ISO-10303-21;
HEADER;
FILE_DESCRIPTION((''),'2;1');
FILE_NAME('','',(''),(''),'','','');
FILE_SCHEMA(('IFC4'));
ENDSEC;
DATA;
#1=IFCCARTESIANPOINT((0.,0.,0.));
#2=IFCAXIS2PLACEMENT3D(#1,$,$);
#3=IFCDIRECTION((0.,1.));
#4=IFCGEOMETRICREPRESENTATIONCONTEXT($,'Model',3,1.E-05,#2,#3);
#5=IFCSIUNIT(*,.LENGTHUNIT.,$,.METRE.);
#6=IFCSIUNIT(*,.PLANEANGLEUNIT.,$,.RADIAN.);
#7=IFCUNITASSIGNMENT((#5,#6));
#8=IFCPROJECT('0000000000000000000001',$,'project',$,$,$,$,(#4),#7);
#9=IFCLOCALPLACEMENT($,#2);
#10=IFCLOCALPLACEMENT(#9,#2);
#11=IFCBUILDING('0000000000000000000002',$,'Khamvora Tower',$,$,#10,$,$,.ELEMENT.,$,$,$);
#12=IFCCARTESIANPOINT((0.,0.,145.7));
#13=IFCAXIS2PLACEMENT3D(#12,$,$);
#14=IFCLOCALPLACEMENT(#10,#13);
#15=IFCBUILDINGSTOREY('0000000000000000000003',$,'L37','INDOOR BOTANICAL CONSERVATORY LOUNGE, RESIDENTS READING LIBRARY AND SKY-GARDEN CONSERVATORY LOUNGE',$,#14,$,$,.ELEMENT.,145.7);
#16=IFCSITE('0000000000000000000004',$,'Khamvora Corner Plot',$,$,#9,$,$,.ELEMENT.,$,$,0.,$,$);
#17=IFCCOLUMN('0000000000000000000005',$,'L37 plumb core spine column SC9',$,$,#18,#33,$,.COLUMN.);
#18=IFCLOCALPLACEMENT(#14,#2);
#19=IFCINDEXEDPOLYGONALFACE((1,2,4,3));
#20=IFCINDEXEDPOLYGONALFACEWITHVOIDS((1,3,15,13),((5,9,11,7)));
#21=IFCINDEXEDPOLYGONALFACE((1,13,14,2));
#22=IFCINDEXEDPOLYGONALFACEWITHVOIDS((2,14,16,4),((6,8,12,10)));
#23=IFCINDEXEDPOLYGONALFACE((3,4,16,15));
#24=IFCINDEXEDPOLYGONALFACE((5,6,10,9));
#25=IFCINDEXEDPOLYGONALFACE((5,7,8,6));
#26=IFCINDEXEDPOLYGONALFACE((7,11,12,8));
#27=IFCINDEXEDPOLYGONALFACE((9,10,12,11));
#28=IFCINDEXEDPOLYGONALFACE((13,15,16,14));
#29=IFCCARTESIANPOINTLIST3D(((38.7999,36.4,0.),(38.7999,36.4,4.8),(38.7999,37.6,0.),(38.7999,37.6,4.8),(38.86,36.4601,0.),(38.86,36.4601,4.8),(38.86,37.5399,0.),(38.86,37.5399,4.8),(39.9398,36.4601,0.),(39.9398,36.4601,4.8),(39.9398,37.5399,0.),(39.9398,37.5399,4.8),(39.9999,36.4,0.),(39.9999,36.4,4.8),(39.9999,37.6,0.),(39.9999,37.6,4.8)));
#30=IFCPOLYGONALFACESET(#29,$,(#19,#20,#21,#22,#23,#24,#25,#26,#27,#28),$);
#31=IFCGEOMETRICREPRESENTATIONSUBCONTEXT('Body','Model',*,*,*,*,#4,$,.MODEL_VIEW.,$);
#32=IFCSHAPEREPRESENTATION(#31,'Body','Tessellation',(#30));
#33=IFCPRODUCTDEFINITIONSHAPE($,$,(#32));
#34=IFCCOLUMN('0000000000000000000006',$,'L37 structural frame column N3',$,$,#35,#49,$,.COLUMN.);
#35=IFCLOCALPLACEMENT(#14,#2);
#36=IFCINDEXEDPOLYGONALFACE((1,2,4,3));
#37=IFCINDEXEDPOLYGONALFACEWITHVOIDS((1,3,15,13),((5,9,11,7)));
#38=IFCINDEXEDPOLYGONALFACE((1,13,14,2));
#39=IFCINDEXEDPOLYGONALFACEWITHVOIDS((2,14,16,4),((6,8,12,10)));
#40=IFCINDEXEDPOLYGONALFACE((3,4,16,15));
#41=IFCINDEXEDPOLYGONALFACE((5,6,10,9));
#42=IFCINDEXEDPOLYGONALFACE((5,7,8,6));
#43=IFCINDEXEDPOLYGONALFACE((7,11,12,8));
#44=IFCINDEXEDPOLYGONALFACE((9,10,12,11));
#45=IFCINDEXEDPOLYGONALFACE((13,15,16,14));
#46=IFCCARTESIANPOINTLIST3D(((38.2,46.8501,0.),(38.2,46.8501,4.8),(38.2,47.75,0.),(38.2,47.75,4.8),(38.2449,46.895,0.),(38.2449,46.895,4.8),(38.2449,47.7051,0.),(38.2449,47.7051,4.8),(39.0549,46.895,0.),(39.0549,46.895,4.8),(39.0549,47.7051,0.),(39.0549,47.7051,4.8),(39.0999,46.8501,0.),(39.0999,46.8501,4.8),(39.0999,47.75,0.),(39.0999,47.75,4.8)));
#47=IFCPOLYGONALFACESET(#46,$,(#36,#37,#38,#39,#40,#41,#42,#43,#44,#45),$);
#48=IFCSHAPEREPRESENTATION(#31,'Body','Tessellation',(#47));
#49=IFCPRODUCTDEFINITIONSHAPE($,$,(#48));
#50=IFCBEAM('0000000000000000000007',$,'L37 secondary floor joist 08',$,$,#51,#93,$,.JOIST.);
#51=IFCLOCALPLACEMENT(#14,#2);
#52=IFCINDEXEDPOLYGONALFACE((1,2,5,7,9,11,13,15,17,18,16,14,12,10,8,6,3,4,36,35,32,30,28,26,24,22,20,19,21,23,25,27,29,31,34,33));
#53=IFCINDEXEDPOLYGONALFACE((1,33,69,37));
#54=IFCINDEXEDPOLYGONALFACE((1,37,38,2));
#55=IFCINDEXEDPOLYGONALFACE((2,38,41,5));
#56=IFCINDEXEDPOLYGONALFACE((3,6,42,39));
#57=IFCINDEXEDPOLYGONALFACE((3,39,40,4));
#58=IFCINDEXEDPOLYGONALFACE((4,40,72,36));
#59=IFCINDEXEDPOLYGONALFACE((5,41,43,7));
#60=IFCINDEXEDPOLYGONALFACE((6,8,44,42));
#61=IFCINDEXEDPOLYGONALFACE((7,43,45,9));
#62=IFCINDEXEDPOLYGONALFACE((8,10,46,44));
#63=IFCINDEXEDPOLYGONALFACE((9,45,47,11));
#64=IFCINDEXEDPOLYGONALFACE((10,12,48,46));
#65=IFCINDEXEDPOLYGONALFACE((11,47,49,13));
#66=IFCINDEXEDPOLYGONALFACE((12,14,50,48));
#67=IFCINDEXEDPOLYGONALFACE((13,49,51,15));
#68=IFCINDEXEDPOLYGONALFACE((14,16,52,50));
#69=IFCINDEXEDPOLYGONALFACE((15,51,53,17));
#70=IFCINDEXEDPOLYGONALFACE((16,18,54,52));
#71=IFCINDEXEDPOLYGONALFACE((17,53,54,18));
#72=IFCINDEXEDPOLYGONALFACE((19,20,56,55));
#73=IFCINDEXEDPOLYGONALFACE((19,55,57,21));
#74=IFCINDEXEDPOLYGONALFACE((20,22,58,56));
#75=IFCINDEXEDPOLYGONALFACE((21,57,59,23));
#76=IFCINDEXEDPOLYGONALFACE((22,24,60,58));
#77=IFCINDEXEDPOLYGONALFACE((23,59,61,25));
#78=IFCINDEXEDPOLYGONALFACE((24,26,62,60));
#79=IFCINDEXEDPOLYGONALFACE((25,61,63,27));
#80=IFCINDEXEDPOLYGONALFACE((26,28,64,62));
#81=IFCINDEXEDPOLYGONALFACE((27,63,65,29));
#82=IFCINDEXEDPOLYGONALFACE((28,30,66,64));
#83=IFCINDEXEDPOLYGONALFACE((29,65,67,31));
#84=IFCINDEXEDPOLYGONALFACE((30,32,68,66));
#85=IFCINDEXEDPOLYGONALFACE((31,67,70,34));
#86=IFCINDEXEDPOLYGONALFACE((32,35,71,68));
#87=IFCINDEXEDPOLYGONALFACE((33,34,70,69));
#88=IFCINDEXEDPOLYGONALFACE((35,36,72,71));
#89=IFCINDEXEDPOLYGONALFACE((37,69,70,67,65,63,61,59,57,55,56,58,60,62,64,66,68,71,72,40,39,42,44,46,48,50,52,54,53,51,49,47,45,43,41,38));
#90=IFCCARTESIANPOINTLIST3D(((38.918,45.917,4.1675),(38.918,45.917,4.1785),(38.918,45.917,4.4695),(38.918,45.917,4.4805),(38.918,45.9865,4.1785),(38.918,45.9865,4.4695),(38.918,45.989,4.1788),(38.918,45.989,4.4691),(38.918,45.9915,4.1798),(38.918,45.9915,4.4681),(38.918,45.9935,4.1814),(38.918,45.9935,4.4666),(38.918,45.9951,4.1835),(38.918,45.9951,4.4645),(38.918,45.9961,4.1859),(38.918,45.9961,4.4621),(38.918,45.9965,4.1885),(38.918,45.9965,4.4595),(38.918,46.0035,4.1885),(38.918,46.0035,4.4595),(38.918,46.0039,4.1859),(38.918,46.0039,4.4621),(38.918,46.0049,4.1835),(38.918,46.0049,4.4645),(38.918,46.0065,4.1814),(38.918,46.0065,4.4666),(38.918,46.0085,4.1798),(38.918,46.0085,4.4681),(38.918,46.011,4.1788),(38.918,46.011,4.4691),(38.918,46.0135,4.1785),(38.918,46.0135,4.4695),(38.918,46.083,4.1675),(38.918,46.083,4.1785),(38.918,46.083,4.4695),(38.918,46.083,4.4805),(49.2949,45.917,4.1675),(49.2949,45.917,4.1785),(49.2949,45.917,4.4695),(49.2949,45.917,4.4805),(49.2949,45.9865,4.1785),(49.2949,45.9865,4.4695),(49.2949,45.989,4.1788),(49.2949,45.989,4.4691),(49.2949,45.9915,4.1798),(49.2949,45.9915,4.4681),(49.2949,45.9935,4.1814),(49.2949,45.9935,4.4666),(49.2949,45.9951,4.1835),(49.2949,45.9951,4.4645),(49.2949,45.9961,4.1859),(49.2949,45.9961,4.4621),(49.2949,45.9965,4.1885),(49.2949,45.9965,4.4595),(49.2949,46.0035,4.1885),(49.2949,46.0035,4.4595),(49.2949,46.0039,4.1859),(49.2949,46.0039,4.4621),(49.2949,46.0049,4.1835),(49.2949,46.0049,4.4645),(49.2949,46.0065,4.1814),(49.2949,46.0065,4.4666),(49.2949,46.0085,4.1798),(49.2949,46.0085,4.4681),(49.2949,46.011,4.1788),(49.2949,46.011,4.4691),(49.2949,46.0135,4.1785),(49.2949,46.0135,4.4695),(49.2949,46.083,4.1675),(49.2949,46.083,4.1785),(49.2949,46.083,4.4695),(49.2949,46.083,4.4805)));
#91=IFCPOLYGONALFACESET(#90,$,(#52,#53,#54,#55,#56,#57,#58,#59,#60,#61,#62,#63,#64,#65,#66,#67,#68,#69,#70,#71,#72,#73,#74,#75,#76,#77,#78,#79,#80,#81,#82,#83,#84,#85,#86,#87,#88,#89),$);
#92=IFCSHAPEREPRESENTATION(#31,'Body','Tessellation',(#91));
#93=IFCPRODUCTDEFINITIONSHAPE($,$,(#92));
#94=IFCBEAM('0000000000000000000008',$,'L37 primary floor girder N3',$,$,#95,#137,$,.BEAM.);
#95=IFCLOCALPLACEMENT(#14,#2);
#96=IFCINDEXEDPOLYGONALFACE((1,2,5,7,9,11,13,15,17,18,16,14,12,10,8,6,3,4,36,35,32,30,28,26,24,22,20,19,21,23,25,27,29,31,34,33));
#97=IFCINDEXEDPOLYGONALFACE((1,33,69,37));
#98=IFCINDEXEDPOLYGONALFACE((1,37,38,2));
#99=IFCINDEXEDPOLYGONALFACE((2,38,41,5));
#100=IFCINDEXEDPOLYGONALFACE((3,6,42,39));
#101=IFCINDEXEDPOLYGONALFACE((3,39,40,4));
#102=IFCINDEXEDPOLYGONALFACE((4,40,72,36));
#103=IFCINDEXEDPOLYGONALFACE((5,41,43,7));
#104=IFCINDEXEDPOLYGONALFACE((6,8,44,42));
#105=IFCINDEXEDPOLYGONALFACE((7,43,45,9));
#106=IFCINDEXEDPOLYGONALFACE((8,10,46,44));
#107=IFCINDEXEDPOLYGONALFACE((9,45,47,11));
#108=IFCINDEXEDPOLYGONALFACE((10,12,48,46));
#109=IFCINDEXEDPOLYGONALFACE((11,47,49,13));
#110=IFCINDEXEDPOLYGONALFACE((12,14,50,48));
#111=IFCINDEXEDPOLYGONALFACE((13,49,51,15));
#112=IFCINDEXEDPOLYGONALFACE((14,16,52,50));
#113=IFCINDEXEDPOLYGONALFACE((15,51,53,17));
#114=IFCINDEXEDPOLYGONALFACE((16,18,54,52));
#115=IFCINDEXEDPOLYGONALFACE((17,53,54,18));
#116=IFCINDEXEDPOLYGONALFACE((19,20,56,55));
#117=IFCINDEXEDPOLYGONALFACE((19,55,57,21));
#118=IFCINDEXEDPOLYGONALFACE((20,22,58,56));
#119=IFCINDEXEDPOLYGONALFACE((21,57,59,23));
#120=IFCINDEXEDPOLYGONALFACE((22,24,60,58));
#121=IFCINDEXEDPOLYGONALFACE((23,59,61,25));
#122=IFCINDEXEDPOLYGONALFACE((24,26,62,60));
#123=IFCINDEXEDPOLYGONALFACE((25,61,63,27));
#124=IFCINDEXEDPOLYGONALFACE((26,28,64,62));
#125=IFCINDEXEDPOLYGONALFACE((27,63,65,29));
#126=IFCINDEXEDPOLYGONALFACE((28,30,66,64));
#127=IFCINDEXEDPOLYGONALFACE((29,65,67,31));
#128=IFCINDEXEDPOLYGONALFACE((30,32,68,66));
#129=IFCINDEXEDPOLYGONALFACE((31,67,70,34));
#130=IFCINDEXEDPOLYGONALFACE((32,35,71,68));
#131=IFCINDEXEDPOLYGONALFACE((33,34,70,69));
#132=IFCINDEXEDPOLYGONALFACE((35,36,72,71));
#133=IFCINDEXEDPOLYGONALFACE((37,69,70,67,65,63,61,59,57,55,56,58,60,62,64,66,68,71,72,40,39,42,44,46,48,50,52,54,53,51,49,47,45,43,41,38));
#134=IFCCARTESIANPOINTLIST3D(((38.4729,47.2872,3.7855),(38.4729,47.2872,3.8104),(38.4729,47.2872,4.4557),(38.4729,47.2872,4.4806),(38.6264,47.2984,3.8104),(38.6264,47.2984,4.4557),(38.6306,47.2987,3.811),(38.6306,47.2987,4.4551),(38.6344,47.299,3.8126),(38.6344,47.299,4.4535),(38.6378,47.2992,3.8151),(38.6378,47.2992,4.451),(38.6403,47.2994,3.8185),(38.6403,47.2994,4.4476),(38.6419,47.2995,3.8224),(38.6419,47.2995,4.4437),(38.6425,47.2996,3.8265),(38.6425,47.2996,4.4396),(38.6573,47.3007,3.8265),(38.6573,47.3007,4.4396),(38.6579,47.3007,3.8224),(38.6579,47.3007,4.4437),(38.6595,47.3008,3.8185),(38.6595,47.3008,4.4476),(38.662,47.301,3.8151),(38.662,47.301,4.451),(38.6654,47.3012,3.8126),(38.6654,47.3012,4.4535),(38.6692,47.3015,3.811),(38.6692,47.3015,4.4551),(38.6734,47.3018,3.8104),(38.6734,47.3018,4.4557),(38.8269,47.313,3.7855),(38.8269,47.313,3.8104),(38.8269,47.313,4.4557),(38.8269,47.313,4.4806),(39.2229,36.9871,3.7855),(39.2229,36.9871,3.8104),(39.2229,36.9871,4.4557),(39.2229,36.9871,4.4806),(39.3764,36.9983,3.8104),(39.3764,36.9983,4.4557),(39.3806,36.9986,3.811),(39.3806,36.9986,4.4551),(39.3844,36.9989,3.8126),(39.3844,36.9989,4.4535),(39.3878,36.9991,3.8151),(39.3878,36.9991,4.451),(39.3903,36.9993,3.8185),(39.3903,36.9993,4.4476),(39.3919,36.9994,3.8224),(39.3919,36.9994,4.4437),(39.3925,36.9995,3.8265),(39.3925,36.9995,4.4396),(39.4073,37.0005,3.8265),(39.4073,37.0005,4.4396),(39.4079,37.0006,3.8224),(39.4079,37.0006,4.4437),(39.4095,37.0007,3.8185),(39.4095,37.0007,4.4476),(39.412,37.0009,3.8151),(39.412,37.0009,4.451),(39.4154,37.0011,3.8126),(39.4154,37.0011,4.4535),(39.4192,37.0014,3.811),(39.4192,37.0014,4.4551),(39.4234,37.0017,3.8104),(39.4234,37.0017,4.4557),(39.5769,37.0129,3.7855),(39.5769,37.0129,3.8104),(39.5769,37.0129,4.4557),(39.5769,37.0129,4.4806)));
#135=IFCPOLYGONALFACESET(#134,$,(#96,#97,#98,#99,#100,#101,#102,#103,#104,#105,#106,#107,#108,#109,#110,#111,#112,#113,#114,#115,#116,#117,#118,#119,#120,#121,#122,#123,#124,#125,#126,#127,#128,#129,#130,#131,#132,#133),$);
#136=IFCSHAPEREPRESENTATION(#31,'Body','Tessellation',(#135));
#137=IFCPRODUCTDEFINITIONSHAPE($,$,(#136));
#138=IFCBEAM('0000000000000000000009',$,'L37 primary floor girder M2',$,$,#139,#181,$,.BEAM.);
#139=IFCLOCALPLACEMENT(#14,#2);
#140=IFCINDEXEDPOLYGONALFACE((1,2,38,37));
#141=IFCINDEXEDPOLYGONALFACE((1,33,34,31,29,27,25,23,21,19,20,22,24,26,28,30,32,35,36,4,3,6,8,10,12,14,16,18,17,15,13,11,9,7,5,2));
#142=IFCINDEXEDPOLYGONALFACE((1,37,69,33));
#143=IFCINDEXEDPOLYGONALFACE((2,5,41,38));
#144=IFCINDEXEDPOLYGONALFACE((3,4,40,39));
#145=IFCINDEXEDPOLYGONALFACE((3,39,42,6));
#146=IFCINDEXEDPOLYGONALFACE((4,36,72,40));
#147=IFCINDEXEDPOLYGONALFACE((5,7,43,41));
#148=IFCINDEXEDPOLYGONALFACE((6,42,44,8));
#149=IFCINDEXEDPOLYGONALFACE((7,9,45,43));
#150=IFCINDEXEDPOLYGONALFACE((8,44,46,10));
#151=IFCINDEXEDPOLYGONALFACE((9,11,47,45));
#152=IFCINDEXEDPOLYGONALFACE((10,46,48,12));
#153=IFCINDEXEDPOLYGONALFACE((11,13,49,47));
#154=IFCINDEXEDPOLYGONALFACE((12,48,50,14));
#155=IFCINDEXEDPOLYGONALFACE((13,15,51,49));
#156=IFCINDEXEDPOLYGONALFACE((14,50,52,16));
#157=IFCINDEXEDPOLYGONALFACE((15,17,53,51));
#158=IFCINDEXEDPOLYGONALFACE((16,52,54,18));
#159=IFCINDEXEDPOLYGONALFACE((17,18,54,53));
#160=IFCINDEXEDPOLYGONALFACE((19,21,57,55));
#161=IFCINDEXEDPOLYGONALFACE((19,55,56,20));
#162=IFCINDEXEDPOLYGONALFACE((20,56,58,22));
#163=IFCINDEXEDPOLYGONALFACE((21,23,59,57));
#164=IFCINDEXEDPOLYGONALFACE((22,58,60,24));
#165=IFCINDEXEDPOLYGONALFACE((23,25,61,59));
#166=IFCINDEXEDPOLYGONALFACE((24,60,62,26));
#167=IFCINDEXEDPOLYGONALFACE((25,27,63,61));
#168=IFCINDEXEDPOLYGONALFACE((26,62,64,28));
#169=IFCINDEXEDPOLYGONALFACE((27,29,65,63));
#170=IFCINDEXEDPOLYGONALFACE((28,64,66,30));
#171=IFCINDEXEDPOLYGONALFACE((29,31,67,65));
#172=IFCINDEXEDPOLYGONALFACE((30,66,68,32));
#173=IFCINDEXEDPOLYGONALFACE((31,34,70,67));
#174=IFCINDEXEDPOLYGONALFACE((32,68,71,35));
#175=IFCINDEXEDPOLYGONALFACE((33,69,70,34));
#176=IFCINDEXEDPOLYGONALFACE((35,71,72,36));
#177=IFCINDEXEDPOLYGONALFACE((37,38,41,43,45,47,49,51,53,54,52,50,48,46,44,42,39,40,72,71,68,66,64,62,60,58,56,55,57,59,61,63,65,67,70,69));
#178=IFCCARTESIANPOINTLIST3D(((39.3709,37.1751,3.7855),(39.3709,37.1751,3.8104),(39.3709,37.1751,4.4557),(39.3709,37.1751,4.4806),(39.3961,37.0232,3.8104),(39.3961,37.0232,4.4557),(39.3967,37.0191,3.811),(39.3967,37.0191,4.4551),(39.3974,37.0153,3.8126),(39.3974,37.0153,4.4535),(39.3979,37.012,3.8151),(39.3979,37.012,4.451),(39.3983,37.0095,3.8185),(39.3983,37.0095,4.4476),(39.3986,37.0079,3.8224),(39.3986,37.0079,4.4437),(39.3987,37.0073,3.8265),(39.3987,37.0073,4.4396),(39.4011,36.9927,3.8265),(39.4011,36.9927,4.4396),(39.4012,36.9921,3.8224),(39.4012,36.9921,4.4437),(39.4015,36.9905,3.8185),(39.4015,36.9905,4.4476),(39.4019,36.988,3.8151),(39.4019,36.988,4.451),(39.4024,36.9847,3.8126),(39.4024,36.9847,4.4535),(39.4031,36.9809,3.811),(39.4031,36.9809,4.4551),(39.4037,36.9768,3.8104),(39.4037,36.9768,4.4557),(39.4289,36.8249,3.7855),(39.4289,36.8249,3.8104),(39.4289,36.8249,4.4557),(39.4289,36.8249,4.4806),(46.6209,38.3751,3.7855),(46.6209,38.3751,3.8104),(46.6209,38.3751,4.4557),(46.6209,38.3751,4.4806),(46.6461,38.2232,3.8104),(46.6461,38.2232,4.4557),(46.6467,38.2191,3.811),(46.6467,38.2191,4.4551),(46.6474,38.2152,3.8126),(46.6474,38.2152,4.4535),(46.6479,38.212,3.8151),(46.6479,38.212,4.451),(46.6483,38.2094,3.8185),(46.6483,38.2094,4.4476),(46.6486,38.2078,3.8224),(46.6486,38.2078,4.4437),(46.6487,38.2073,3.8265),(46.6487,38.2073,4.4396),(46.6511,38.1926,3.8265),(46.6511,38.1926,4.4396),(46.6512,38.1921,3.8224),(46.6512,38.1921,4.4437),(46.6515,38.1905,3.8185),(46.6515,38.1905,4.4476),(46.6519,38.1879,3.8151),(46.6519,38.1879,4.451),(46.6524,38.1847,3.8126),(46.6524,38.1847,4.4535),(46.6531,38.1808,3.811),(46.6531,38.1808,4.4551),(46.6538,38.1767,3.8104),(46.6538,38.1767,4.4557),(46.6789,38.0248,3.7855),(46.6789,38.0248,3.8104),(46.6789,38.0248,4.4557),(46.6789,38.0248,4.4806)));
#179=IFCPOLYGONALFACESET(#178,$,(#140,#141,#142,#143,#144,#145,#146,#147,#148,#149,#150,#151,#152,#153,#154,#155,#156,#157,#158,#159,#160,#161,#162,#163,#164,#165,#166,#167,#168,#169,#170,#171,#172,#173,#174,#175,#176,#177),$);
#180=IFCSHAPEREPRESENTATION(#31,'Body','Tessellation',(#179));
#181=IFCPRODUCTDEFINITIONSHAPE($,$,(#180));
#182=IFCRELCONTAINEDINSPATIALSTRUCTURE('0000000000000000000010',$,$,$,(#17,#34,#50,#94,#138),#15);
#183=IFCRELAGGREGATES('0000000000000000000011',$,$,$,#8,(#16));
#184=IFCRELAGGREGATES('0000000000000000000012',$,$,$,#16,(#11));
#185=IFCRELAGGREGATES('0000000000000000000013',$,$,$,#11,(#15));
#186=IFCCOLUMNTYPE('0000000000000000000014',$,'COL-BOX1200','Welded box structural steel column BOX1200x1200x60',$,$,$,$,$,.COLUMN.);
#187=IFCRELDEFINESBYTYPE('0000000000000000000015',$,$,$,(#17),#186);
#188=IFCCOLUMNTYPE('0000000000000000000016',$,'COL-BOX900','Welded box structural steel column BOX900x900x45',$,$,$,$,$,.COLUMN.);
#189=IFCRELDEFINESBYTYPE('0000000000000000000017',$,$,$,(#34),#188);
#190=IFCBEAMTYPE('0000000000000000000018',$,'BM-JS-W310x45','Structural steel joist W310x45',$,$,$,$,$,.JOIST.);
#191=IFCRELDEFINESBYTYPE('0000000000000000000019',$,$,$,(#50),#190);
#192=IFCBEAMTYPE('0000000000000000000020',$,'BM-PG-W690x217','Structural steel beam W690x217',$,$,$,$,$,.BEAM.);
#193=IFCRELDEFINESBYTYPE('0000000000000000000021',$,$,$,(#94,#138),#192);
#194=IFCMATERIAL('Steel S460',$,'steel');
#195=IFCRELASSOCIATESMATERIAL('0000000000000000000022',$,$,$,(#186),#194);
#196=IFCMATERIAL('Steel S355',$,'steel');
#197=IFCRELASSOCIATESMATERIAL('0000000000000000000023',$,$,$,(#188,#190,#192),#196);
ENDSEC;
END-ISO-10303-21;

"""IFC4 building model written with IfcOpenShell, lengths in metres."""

from ifc_helpers import new_model, si_unit, direction, frame, origin, origin_2d, place, context, subcontext, project, spatial, hollow_rectangle, i_section, extrude, material, material_profile, profile_set, type_object, element, save


model = new_model("IFC4")

# Units and contexts
model_context = context("Model", 3, precision=1e-05, world=origin(), true_north=direction((0.0, 1.0)))
body_context = subcontext(model_context, "Body", "Model", "MODEL_VIEW")
ifc_project = project(units=[si_unit("LENGTHUNIT", "METRE"), si_unit("PLANEANGLEUNIT", "RADIAN")], contexts=[model_context])

# Site, building, storey
site_placement = place(None, origin())
site = spatial("IfcSite", under=ifc_project, at=site_placement, Name="Khamvora Corner Plot", CompositionType="ELEMENT", RefElevation=0.0)
building_placement = place(site_placement, origin())
building = spatial("IfcBuilding", under=site, at=building_placement, Name="Khamvora Tower", CompositionType="ELEMENT")
storey_placement = place(building_placement, frame((0.0, 0.0, 145.7)))
storey = spatial("IfcBuildingStorey", under=building, at=storey_placement, Name="L37", Description="INDOOR BOTANICAL CONSERVATORY LOUNGE, RESIDENTS READING LIBRARY AND SKY-GARDEN CONSERVATORY LOUNGE", CompositionType="ELEMENT", Elevation=145.7)

# Columns
ifc_material_1 = material(Name="Steel S460", Category="steel")
ifc_material_profile_1 = material_profile(ifc_material_1, hollow_rectangle(XDim=1.2, YDim=1.2, WallThickness=0.0601, at=origin_2d()), Name="BOX1200x1200x60")
ifc_profile_set_1 = profile_set([ifc_material_profile_1], Name="Steel S460")
column_type_1 = type_object("IfcColumnType", Name="COL-BOX1200", Description="Welded box structural steel column BOX1200x1200x60", PredefinedType="COLUMN", material=ifc_profile_set_1)
column_1_placement = place(storey_placement, frame((39.3999, 37.0, 0.0), z_axis=(0.0, 0.0, 1.0), x_axis=(1.0, 0.0, 0.0)))
element("IfcColumn", 1, at=column_1_placement, inside=storey, type_object=column_type_1, Name="L37 plumb core spine column SC9", PredefinedType="COLUMN", context=body_context, shape_type="SweptSolid", body=[
    extrude(hollow_rectangle(XDim=1.2, YDim=1.2, WallThickness=0.0601, at=origin_2d()), origin(), (0.0, 0.0, 1.0), 4.8),
])
ifc_material_2 = material(Name="Steel S355", Category="steel")
ifc_material_profile_2 = material_profile(ifc_material_2, hollow_rectangle(XDim=0.8999, YDim=0.8999, WallThickness=0.0449, at=origin_2d()), Name="BOX900x900x45")
ifc_profile_set_2 = profile_set([ifc_material_profile_2], Name="Steel S355")
column_type_2 = type_object("IfcColumnType", Name="COL-BOX900", Description="Welded box structural steel column BOX900x900x45", PredefinedType="COLUMN", material=ifc_profile_set_2)
column_2_placement = place(storey_placement, frame((38.6499, 47.3, 0.0), z_axis=(0.0, 0.0, 1.0), x_axis=(1.0, 0.0, 0.0)))
element("IfcColumn", 2, at=column_2_placement, inside=storey, type_object=column_type_2, Name="L37 structural frame column N3", PredefinedType="COLUMN", context=body_context, shape_type="SweptSolid", body=[
    extrude(hollow_rectangle(XDim=0.8999, YDim=0.8999, WallThickness=0.0449, at=origin_2d()), origin(), (0.0, 0.0, 1.0), 4.8),
])

# Beams
ifc_material_profile_3 = material_profile(ifc_material_2, i_section(OverallWidth=0.166, OverallDepth=0.313, WebThickness=0.0071, FlangeThickness=0.011, FilletRadius=0.01, at=origin_2d()), Name="W310x45")
ifc_profile_set_3 = profile_set([ifc_material_profile_3], Name="Steel S355")
beam_type_1 = type_object("IfcBeamType", Name="BM-JS-W310x45", Description="Structural steel joist W310x45", PredefinedType="JOIST", material=ifc_profile_set_3)
beam_1_placement = place(storey_placement, frame((38.918, 46.0, 4.324), z_axis=(1.0, 0.0, 0.0), x_axis=(0.0, 1.0, 0.0)))
element("IfcBeam", 3, at=beam_1_placement, inside=storey, type_object=beam_type_1, Name="L37 secondary floor joist 08", PredefinedType="JOIST", context=body_context, shape_type="SweptSolid", body=[
    extrude(i_section(OverallWidth=0.166, OverallDepth=0.313, WebThickness=0.0071, FlangeThickness=0.011, FilletRadius=0.01, at=origin_2d()), origin(), (0.0, 0.0, 1.0), 10.377),
])
ifc_material_profile_4 = material_profile(ifc_material_2, i_section(OverallWidth=0.355, OverallDepth=0.6951, WebThickness=0.0149, FlangeThickness=0.0249, FilletRadius=0.0161, at=origin_2d()), Name="W690x217")
ifc_profile_set_4 = profile_set([ifc_material_profile_4], Name="Steel S355")
beam_type_2 = type_object("IfcBeamType", Name="BM-PG-W690x217", Description="Structural steel beam W690x217", PredefinedType="BEAM", material=ifc_profile_set_4)
beam_2_placement = place(storey_placement, frame((39.3999, 37.0, 4.1331), z_axis=(-0.072623, 0.997359, 0.0), x_axis=(-0.997359, -0.072623, 0.0)))
element("IfcBeam", 4, at=beam_2_placement, inside=storey, type_object=beam_type_2, Name="L37 primary floor girder N3", PredefinedType="BEAM", context=body_context, shape_type="SweptSolid", body=[
    extrude(i_section(OverallWidth=0.355, OverallDepth=0.6951, WebThickness=0.0149, FlangeThickness=0.0249, FilletRadius=0.0161, at=origin_2d()), origin(), (0.0, 0.0, 1.0), 10.3274),
])
beam_3_placement = place(storey_placement, frame((39.3999, 37.0, 4.1331), z_axis=(0.986578, 0.163289, 0.0), x_axis=(-0.163289, 0.986578, 0.0)))
element("IfcBeam", 5, at=beam_3_placement, inside=storey, type_object=beam_type_2, Name="L37 primary floor girder M2", PredefinedType="BEAM", context=body_context, shape_type="SweptSolid", body=[
    extrude(i_section(OverallWidth=0.355, OverallDepth=0.6951, WebThickness=0.0149, FlangeThickness=0.0249, FilletRadius=0.0161, at=origin_2d()), origin(), (0.0, 0.0, 1.0), 7.3486),
])

save(model, "model.ifc")
